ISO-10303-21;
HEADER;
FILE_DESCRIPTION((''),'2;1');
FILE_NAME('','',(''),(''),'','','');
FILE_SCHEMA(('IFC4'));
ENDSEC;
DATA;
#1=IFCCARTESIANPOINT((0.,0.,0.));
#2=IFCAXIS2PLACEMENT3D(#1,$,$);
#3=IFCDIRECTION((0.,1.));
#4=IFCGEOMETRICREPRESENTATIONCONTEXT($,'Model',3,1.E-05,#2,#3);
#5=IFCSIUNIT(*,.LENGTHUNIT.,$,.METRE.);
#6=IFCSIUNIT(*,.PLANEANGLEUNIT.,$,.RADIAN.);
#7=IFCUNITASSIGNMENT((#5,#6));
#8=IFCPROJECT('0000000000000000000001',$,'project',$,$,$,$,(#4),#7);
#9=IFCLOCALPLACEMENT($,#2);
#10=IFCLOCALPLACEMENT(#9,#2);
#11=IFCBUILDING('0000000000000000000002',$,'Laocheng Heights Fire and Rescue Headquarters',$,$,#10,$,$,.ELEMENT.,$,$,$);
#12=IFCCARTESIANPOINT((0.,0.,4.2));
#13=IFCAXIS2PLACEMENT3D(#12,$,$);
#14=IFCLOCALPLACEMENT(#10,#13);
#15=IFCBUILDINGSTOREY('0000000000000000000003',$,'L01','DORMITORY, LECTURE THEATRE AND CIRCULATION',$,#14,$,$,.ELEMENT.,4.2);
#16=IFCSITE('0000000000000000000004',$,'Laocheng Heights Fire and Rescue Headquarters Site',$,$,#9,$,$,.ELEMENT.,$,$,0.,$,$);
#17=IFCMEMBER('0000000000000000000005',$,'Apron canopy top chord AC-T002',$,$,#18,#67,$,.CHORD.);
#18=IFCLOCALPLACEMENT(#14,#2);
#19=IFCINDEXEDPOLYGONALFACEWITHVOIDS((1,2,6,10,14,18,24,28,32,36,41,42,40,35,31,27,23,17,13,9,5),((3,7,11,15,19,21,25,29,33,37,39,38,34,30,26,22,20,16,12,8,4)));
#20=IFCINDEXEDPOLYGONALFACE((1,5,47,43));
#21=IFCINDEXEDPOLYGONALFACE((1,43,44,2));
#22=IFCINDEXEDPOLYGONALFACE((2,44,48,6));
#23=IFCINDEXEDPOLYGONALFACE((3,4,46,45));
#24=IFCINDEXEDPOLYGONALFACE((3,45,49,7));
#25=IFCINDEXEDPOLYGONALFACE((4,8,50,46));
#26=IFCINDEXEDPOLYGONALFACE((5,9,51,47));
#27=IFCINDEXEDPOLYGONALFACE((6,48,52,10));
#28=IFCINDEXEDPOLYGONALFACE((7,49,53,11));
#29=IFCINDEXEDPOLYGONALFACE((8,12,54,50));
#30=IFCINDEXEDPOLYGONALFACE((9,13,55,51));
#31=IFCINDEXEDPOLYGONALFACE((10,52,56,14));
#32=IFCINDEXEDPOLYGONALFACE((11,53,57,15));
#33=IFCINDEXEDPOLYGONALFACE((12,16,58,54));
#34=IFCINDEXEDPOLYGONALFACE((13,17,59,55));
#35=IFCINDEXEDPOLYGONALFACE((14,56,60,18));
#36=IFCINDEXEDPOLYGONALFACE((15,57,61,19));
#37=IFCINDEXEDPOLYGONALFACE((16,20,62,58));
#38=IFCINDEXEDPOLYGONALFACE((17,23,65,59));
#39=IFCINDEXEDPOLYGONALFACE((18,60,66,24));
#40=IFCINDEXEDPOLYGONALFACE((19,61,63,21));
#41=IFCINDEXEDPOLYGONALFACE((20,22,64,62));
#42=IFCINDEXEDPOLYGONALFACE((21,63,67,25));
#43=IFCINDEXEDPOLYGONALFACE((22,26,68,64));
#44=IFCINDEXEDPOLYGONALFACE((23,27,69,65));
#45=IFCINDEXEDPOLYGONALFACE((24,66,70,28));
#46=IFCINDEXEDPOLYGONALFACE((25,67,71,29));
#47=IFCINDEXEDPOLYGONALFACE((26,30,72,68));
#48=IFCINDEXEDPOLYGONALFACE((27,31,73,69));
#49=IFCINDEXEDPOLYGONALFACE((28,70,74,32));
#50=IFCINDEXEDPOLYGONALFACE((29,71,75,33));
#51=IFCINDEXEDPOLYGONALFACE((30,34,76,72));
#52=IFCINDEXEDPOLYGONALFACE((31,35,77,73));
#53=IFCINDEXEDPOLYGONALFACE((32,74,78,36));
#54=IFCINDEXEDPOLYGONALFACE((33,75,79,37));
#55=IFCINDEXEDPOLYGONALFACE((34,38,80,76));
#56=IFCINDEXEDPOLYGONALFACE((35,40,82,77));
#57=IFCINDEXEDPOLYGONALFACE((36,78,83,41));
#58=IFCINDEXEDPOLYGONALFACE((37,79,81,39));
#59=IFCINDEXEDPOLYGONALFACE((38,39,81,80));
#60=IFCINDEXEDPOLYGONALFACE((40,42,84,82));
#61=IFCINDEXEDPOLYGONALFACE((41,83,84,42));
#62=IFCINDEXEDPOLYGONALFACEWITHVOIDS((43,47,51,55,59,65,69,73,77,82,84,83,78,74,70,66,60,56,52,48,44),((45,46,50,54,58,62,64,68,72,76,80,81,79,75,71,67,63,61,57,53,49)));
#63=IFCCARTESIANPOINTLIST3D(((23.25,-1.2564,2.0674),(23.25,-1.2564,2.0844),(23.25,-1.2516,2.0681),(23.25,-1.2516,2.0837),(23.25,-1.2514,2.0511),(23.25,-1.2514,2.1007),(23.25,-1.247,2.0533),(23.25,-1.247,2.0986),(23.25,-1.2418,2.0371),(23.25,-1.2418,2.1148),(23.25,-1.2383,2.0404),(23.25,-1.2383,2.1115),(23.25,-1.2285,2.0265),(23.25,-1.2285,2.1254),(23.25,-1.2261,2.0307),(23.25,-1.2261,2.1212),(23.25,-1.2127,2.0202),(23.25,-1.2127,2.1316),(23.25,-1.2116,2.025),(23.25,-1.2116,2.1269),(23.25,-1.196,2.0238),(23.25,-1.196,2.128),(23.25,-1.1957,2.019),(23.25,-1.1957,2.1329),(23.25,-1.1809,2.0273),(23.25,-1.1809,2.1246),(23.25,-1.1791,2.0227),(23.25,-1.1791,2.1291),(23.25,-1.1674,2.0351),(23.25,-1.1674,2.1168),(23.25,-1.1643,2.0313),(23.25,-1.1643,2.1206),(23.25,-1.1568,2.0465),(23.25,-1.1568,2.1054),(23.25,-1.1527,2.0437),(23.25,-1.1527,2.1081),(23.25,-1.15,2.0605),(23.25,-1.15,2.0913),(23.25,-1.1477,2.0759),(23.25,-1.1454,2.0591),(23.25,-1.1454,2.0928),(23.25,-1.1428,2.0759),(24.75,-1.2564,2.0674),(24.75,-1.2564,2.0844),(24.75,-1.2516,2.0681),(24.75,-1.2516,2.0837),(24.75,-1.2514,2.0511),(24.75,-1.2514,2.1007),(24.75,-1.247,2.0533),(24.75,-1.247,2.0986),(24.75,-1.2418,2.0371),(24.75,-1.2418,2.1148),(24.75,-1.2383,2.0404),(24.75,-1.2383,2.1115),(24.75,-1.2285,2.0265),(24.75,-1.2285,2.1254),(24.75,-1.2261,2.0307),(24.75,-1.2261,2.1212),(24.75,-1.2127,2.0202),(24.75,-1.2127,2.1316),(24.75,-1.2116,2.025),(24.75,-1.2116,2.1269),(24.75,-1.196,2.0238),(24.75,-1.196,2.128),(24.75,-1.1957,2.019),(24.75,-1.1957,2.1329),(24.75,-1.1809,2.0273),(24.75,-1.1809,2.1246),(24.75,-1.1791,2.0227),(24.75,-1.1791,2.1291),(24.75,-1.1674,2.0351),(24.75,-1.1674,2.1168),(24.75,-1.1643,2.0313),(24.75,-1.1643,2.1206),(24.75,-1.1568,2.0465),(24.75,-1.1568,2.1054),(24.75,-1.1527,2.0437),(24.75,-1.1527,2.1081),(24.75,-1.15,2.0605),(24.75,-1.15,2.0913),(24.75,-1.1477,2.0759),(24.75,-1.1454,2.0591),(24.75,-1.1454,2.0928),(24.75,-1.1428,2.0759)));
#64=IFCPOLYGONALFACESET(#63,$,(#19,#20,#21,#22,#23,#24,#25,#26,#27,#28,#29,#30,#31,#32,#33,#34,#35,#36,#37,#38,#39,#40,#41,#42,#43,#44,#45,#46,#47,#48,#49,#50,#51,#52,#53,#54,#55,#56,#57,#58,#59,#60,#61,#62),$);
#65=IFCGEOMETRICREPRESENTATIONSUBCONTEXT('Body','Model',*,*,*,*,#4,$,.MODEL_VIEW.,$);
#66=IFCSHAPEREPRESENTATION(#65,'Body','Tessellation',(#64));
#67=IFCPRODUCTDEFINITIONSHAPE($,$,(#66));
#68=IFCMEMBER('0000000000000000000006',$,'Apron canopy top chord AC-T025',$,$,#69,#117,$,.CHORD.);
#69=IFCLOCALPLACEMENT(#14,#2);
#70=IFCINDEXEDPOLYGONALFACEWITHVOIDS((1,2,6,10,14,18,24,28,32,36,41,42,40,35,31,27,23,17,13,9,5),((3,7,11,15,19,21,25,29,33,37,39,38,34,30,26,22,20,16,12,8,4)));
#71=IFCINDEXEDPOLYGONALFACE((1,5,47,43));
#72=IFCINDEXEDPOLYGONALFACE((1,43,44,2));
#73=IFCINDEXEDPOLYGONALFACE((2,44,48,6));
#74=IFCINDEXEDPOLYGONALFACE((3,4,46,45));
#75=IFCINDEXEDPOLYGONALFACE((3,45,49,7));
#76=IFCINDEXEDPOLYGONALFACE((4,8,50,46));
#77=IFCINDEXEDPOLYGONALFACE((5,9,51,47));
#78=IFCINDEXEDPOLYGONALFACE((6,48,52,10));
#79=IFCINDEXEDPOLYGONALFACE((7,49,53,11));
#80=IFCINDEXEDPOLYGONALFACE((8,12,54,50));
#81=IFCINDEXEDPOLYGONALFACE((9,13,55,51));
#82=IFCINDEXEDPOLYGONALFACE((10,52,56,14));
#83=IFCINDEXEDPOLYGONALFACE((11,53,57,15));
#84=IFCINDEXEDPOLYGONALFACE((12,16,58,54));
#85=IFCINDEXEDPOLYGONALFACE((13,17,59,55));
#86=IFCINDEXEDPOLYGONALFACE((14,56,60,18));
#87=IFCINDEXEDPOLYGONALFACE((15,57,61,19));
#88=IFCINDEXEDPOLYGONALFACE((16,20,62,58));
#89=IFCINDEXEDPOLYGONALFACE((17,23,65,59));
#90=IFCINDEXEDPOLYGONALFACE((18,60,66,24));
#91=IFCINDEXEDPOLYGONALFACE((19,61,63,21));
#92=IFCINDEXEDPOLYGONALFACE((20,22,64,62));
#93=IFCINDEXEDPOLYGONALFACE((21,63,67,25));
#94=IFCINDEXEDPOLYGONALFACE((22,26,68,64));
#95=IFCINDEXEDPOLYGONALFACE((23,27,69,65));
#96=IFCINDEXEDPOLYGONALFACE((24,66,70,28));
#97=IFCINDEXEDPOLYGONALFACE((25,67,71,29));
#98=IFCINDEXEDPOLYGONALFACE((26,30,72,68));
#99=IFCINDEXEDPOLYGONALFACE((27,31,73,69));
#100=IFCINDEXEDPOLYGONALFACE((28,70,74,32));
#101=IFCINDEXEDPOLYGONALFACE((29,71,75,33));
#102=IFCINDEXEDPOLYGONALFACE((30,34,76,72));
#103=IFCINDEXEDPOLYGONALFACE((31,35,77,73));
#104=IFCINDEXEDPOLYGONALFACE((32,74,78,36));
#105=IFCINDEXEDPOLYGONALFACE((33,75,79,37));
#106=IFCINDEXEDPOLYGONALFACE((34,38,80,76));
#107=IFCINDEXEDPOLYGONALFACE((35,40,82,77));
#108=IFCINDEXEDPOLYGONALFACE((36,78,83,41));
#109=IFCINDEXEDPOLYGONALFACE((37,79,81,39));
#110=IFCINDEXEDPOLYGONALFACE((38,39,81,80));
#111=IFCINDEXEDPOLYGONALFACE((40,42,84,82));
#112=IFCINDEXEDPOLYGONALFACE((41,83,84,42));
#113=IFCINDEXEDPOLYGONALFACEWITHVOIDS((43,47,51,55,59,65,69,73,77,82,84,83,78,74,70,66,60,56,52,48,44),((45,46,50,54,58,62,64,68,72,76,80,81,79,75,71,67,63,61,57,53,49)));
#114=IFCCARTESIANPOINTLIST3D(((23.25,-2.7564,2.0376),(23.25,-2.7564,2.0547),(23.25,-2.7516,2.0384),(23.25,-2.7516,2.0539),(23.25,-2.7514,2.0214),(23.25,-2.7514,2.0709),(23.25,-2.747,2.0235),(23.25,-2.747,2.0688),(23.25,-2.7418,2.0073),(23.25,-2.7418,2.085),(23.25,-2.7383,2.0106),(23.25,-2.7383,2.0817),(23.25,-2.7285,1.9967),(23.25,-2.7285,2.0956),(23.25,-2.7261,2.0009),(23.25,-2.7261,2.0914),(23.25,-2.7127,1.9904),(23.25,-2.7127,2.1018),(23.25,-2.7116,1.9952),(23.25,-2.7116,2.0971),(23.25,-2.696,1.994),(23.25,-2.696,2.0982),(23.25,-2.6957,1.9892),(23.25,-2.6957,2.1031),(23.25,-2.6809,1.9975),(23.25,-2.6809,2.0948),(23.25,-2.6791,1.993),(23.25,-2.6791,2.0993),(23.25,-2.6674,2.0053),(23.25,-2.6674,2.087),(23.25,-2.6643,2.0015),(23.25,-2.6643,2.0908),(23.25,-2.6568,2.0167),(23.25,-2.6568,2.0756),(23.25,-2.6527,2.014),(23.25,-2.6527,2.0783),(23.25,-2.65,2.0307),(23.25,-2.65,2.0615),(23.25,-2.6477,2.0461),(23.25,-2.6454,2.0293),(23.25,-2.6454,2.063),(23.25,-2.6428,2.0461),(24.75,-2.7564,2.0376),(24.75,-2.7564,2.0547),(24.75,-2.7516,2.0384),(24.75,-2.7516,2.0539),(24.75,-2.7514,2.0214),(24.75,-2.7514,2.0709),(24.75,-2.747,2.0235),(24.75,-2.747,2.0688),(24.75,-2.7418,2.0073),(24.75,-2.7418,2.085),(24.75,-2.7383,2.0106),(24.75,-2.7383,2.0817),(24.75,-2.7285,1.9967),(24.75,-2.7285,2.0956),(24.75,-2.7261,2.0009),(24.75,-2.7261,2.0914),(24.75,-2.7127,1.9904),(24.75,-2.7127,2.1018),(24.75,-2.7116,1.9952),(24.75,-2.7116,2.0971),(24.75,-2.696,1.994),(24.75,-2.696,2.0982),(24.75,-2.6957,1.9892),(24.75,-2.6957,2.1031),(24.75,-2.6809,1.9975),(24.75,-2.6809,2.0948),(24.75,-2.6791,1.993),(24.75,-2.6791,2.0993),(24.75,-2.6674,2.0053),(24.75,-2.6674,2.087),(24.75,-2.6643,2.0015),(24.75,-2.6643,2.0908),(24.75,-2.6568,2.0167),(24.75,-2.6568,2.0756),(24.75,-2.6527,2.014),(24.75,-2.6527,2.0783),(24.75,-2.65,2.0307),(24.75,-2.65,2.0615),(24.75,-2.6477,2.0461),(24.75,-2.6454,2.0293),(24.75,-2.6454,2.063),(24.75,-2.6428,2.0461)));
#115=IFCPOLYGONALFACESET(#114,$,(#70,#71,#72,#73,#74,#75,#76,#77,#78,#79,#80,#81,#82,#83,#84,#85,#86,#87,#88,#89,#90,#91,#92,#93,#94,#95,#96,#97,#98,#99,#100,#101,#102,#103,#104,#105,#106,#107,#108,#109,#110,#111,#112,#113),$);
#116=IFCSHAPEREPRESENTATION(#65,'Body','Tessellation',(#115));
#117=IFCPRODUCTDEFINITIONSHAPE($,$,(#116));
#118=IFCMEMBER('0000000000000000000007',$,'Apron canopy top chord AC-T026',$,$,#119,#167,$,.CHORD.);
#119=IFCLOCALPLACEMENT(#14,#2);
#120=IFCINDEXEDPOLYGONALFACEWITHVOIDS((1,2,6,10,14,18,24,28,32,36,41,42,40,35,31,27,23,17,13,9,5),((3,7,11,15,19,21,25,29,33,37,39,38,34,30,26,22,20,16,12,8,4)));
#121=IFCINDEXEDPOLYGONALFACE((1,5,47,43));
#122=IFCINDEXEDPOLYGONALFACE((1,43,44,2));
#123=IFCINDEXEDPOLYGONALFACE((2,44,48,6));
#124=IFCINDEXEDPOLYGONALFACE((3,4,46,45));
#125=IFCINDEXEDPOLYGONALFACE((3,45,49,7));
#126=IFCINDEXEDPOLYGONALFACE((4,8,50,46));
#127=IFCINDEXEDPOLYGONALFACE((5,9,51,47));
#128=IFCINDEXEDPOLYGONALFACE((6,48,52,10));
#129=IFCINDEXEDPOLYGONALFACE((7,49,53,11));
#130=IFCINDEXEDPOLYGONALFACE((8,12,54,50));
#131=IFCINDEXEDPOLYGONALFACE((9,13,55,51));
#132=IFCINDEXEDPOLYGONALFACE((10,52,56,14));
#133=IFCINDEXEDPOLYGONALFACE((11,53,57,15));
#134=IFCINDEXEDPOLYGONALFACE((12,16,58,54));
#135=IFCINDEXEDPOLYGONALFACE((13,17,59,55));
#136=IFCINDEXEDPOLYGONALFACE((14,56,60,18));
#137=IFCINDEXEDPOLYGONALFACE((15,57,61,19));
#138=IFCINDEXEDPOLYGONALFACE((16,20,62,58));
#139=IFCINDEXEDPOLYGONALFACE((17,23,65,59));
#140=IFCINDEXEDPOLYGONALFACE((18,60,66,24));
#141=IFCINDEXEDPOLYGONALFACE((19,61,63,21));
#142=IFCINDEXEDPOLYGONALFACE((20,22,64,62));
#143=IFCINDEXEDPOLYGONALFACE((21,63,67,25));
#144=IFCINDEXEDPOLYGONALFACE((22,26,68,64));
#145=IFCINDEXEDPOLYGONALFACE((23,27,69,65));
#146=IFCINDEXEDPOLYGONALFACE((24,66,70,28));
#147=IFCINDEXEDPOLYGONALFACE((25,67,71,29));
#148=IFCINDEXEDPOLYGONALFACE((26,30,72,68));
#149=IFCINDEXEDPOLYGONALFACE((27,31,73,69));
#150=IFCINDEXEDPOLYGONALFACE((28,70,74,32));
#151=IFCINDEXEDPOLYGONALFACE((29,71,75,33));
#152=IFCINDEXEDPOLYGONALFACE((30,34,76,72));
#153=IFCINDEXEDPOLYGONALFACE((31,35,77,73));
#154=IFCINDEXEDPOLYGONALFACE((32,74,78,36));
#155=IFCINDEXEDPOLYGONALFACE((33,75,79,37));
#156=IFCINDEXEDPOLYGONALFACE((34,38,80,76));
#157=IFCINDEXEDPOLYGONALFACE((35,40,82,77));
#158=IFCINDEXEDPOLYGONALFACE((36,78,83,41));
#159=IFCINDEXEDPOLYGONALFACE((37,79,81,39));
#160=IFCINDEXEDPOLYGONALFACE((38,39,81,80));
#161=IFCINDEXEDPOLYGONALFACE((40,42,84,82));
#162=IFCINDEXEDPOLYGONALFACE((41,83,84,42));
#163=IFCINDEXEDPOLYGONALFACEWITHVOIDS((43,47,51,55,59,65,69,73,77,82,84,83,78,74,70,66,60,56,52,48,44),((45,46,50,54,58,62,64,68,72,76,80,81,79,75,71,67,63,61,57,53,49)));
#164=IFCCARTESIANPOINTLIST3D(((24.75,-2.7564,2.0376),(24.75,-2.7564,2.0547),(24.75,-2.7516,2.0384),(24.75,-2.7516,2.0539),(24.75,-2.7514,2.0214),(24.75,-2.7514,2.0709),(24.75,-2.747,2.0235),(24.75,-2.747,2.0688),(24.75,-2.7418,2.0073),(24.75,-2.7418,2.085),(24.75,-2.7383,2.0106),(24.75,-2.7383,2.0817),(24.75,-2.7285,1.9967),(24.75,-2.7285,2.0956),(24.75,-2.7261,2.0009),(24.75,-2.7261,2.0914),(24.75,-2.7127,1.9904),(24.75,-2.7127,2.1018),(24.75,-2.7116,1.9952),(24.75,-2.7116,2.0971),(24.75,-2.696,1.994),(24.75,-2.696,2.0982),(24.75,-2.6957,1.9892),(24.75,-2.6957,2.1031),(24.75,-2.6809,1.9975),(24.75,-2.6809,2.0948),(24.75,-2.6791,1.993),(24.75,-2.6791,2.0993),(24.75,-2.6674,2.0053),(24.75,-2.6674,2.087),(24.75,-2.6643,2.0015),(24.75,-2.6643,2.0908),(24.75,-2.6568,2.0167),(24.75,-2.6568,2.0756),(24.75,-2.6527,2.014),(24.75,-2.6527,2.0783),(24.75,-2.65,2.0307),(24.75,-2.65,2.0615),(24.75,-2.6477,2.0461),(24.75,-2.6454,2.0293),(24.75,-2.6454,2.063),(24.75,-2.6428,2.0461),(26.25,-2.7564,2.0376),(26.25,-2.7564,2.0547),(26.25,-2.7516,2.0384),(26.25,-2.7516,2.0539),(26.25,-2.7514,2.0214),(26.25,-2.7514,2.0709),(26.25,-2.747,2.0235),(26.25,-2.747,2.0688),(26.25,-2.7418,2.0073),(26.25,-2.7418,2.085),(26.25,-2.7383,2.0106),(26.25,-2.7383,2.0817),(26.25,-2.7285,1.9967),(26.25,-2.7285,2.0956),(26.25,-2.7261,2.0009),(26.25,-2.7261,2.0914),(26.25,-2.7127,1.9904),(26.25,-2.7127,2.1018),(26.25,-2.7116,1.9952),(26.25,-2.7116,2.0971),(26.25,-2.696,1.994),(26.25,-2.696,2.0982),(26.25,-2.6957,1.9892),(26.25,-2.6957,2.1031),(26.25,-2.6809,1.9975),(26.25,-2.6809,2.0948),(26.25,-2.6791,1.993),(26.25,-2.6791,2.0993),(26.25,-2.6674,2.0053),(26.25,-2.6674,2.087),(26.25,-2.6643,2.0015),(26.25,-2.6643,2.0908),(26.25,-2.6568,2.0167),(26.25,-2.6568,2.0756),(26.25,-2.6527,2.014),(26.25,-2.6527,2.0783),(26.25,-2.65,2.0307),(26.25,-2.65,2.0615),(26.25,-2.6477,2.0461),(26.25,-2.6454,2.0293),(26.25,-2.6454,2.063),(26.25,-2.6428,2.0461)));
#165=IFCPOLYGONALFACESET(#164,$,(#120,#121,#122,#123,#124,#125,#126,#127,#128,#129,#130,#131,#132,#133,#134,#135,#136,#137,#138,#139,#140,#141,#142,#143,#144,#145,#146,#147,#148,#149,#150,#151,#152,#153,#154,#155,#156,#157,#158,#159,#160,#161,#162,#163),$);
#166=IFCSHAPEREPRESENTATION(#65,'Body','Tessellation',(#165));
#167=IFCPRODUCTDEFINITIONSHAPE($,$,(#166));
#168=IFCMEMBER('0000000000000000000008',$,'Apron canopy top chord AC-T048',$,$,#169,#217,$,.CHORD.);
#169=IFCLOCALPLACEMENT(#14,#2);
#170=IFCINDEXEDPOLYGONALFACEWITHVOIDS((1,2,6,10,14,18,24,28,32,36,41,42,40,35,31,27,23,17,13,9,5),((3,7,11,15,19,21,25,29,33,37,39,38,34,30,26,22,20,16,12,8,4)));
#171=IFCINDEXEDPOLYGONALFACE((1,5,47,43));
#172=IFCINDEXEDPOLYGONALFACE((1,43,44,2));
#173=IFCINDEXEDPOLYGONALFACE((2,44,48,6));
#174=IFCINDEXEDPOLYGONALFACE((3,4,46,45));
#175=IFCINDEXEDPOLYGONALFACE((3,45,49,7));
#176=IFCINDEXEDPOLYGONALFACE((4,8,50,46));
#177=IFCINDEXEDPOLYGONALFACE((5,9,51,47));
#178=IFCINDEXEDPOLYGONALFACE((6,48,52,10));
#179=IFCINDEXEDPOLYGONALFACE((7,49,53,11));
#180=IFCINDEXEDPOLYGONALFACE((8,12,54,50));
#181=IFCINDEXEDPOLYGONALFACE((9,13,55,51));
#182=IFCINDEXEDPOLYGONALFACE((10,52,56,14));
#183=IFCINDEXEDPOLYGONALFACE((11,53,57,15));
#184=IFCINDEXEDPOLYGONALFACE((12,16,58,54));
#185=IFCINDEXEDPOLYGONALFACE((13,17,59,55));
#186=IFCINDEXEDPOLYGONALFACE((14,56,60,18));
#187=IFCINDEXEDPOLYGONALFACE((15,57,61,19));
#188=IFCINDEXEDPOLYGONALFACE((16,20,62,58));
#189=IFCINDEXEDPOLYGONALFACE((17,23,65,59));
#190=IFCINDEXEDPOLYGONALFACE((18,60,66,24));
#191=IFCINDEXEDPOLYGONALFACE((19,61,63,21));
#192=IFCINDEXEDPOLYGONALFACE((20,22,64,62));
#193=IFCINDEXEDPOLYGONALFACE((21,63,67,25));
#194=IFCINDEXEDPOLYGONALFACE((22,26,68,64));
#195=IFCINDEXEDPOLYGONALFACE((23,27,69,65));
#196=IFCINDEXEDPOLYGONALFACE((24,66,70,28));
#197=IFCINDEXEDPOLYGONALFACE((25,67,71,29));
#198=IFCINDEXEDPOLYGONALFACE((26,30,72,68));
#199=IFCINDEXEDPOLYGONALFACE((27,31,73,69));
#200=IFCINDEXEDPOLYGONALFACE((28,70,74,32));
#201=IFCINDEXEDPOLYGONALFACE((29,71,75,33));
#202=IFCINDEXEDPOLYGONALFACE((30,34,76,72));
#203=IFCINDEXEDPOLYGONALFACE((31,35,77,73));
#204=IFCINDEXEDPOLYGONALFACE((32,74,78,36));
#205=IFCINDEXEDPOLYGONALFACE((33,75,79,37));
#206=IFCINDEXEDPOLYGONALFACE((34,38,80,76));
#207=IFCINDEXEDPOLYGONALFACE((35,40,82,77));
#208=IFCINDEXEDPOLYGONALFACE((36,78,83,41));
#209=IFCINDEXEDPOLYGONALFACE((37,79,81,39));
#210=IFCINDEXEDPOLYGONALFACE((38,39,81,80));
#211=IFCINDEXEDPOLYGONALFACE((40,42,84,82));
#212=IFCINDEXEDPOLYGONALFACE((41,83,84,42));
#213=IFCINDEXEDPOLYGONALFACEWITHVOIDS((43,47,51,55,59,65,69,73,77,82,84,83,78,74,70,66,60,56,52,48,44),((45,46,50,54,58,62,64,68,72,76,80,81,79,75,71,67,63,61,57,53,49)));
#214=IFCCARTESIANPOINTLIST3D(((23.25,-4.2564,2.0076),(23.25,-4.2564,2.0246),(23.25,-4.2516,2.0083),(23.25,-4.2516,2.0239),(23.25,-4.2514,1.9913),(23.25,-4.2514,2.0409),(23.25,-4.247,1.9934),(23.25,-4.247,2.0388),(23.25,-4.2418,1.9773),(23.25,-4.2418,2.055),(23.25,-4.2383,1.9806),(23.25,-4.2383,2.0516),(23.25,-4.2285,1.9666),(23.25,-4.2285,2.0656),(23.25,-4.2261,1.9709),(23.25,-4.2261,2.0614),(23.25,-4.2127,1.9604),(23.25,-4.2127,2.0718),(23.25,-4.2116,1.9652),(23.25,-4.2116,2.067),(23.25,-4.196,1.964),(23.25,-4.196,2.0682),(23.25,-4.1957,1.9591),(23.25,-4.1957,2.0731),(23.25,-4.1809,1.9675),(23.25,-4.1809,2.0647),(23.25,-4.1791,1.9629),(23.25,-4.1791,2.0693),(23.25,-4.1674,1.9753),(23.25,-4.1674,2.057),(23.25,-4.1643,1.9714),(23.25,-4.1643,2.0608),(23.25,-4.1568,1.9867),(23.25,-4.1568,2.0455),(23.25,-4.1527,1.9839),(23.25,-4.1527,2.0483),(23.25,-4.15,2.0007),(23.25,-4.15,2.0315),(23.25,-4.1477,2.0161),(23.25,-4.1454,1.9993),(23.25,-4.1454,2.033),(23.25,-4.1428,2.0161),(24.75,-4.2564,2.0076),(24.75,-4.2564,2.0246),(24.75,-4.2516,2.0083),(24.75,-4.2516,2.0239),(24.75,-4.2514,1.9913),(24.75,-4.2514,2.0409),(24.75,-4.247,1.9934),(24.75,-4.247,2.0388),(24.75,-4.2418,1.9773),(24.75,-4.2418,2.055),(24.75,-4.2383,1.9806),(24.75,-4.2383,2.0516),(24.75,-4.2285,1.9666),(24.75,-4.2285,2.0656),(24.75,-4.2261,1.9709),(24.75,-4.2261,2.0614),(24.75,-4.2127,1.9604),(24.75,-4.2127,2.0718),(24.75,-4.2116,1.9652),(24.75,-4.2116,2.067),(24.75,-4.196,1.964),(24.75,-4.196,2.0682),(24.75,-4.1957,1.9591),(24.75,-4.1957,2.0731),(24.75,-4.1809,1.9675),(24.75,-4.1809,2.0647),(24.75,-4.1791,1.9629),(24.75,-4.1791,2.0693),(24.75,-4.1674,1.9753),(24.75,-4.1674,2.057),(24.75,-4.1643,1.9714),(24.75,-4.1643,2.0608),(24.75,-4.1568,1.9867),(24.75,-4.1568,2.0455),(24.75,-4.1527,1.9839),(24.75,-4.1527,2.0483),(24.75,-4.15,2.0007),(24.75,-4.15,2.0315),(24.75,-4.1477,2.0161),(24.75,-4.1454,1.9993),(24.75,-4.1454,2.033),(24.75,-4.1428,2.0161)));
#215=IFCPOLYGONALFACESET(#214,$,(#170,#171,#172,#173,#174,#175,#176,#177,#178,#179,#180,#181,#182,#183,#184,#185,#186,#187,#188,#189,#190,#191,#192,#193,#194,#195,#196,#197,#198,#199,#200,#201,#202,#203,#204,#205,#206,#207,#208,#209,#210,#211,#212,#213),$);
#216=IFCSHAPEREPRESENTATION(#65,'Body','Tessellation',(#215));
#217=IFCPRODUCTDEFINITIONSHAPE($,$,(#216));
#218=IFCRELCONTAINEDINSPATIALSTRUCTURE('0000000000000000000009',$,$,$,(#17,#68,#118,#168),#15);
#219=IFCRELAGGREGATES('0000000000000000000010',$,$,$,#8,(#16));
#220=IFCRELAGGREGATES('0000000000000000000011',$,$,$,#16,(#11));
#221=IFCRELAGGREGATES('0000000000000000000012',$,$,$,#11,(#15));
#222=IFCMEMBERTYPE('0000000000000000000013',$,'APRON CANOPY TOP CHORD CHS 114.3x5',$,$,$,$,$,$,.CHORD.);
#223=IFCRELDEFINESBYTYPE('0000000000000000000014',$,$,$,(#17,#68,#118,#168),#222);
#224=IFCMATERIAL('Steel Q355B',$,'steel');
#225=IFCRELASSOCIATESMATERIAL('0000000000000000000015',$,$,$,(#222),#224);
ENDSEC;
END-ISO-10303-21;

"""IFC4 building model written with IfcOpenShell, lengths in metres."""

from ifc_helpers import new_model, si_unit, direction, frame, origin, origin_2d, place, context, subcontext, project, spatial, hollow_circle, extrude, material, material_profile, profile_set, type_object, element, save


model = new_model("IFC4")

# Units and contexts
model_context = context("Model", 3, precision=1e-05, world=origin(), true_north=direction((0.0, 1.0)))
body_context = subcontext(model_context, "Body", "Model", "MODEL_VIEW")
ifc_project = project(units=[si_unit("LENGTHUNIT", "METRE"), si_unit("PLANEANGLEUNIT", "RADIAN")], contexts=[model_context])

# Site, building, storey
site_placement = place(None, origin())
site = spatial("IfcSite", under=ifc_project, at=site_placement, Name="Laocheng Heights Fire and Rescue Headquarters Site", CompositionType="ELEMENT", RefElevation=0.0)
building_placement = place(site_placement, origin())
building = spatial("IfcBuilding", under=site, at=building_placement, Name="Laocheng Heights Fire and Rescue Headquarters", CompositionType="ELEMENT")
storey_placement = place(building_placement, frame((0.0, 0.0, 4.2)))
storey = spatial("IfcBuildingStorey", under=building, at=storey_placement, Name="L01", Description="DORMITORY, LECTURE THEATRE AND CIRCULATION", CompositionType="ELEMENT", Elevation=4.2)

# Members
ifc_material_1 = material(Name="Steel Q355B", Category="steel")
ifc_material_profile_1 = material_profile(ifc_material_1, hollow_circle(Radius=0.0571, WallThickness=0.0049, at=origin_2d()), Name="CHS 114.3x5")
ifc_profile_set_1 = profile_set([ifc_material_profile_1], Name="Steel Q355B")
member_type = type_object("IfcMemberType", Name="APRON CANOPY TOP CHORD CHS 114.3x5", PredefinedType="CHORD", material=ifc_profile_set_1)
for number, where, z_axis, x_axis, name in (
    (1, (23.25, -1.2, 2.0759), (1.0, 0.0, 0.0), (0.0, 1.0, 0.0), "Apron canopy top chord AC-T002"),
    (2, (23.25, -2.7, 2.0461), (1.0, 0.0, 0.0), (0.0, 1.0, 0.0), "Apron canopy top chord AC-T025"),
    (3, (24.75, -2.7, 2.0461), (1.0, 0.0, 0.0), (0.0, 1.0, 0.0), "Apron canopy top chord AC-T026"),
    (4, (23.25, -4.2, 2.0161), (1.0, 0.0, 0.0), (0.0, 1.0, 0.0), "Apron canopy top chord AC-T048"),
):
    element("IfcMember", number, at=place(storey_placement, frame(where, z_axis=z_axis, x_axis=x_axis)), inside=storey, type_object=member_type, Name=name, PredefinedType="CHORD", context=body_context, shape_type="SweptSolid", body=[
        extrude(hollow_circle(Radius=0.0571, WallThickness=0.0049, at=origin_2d()), origin(), (0.0, 0.0, 1.0), 1.5),
    ])

save(model, "model.ifc")
